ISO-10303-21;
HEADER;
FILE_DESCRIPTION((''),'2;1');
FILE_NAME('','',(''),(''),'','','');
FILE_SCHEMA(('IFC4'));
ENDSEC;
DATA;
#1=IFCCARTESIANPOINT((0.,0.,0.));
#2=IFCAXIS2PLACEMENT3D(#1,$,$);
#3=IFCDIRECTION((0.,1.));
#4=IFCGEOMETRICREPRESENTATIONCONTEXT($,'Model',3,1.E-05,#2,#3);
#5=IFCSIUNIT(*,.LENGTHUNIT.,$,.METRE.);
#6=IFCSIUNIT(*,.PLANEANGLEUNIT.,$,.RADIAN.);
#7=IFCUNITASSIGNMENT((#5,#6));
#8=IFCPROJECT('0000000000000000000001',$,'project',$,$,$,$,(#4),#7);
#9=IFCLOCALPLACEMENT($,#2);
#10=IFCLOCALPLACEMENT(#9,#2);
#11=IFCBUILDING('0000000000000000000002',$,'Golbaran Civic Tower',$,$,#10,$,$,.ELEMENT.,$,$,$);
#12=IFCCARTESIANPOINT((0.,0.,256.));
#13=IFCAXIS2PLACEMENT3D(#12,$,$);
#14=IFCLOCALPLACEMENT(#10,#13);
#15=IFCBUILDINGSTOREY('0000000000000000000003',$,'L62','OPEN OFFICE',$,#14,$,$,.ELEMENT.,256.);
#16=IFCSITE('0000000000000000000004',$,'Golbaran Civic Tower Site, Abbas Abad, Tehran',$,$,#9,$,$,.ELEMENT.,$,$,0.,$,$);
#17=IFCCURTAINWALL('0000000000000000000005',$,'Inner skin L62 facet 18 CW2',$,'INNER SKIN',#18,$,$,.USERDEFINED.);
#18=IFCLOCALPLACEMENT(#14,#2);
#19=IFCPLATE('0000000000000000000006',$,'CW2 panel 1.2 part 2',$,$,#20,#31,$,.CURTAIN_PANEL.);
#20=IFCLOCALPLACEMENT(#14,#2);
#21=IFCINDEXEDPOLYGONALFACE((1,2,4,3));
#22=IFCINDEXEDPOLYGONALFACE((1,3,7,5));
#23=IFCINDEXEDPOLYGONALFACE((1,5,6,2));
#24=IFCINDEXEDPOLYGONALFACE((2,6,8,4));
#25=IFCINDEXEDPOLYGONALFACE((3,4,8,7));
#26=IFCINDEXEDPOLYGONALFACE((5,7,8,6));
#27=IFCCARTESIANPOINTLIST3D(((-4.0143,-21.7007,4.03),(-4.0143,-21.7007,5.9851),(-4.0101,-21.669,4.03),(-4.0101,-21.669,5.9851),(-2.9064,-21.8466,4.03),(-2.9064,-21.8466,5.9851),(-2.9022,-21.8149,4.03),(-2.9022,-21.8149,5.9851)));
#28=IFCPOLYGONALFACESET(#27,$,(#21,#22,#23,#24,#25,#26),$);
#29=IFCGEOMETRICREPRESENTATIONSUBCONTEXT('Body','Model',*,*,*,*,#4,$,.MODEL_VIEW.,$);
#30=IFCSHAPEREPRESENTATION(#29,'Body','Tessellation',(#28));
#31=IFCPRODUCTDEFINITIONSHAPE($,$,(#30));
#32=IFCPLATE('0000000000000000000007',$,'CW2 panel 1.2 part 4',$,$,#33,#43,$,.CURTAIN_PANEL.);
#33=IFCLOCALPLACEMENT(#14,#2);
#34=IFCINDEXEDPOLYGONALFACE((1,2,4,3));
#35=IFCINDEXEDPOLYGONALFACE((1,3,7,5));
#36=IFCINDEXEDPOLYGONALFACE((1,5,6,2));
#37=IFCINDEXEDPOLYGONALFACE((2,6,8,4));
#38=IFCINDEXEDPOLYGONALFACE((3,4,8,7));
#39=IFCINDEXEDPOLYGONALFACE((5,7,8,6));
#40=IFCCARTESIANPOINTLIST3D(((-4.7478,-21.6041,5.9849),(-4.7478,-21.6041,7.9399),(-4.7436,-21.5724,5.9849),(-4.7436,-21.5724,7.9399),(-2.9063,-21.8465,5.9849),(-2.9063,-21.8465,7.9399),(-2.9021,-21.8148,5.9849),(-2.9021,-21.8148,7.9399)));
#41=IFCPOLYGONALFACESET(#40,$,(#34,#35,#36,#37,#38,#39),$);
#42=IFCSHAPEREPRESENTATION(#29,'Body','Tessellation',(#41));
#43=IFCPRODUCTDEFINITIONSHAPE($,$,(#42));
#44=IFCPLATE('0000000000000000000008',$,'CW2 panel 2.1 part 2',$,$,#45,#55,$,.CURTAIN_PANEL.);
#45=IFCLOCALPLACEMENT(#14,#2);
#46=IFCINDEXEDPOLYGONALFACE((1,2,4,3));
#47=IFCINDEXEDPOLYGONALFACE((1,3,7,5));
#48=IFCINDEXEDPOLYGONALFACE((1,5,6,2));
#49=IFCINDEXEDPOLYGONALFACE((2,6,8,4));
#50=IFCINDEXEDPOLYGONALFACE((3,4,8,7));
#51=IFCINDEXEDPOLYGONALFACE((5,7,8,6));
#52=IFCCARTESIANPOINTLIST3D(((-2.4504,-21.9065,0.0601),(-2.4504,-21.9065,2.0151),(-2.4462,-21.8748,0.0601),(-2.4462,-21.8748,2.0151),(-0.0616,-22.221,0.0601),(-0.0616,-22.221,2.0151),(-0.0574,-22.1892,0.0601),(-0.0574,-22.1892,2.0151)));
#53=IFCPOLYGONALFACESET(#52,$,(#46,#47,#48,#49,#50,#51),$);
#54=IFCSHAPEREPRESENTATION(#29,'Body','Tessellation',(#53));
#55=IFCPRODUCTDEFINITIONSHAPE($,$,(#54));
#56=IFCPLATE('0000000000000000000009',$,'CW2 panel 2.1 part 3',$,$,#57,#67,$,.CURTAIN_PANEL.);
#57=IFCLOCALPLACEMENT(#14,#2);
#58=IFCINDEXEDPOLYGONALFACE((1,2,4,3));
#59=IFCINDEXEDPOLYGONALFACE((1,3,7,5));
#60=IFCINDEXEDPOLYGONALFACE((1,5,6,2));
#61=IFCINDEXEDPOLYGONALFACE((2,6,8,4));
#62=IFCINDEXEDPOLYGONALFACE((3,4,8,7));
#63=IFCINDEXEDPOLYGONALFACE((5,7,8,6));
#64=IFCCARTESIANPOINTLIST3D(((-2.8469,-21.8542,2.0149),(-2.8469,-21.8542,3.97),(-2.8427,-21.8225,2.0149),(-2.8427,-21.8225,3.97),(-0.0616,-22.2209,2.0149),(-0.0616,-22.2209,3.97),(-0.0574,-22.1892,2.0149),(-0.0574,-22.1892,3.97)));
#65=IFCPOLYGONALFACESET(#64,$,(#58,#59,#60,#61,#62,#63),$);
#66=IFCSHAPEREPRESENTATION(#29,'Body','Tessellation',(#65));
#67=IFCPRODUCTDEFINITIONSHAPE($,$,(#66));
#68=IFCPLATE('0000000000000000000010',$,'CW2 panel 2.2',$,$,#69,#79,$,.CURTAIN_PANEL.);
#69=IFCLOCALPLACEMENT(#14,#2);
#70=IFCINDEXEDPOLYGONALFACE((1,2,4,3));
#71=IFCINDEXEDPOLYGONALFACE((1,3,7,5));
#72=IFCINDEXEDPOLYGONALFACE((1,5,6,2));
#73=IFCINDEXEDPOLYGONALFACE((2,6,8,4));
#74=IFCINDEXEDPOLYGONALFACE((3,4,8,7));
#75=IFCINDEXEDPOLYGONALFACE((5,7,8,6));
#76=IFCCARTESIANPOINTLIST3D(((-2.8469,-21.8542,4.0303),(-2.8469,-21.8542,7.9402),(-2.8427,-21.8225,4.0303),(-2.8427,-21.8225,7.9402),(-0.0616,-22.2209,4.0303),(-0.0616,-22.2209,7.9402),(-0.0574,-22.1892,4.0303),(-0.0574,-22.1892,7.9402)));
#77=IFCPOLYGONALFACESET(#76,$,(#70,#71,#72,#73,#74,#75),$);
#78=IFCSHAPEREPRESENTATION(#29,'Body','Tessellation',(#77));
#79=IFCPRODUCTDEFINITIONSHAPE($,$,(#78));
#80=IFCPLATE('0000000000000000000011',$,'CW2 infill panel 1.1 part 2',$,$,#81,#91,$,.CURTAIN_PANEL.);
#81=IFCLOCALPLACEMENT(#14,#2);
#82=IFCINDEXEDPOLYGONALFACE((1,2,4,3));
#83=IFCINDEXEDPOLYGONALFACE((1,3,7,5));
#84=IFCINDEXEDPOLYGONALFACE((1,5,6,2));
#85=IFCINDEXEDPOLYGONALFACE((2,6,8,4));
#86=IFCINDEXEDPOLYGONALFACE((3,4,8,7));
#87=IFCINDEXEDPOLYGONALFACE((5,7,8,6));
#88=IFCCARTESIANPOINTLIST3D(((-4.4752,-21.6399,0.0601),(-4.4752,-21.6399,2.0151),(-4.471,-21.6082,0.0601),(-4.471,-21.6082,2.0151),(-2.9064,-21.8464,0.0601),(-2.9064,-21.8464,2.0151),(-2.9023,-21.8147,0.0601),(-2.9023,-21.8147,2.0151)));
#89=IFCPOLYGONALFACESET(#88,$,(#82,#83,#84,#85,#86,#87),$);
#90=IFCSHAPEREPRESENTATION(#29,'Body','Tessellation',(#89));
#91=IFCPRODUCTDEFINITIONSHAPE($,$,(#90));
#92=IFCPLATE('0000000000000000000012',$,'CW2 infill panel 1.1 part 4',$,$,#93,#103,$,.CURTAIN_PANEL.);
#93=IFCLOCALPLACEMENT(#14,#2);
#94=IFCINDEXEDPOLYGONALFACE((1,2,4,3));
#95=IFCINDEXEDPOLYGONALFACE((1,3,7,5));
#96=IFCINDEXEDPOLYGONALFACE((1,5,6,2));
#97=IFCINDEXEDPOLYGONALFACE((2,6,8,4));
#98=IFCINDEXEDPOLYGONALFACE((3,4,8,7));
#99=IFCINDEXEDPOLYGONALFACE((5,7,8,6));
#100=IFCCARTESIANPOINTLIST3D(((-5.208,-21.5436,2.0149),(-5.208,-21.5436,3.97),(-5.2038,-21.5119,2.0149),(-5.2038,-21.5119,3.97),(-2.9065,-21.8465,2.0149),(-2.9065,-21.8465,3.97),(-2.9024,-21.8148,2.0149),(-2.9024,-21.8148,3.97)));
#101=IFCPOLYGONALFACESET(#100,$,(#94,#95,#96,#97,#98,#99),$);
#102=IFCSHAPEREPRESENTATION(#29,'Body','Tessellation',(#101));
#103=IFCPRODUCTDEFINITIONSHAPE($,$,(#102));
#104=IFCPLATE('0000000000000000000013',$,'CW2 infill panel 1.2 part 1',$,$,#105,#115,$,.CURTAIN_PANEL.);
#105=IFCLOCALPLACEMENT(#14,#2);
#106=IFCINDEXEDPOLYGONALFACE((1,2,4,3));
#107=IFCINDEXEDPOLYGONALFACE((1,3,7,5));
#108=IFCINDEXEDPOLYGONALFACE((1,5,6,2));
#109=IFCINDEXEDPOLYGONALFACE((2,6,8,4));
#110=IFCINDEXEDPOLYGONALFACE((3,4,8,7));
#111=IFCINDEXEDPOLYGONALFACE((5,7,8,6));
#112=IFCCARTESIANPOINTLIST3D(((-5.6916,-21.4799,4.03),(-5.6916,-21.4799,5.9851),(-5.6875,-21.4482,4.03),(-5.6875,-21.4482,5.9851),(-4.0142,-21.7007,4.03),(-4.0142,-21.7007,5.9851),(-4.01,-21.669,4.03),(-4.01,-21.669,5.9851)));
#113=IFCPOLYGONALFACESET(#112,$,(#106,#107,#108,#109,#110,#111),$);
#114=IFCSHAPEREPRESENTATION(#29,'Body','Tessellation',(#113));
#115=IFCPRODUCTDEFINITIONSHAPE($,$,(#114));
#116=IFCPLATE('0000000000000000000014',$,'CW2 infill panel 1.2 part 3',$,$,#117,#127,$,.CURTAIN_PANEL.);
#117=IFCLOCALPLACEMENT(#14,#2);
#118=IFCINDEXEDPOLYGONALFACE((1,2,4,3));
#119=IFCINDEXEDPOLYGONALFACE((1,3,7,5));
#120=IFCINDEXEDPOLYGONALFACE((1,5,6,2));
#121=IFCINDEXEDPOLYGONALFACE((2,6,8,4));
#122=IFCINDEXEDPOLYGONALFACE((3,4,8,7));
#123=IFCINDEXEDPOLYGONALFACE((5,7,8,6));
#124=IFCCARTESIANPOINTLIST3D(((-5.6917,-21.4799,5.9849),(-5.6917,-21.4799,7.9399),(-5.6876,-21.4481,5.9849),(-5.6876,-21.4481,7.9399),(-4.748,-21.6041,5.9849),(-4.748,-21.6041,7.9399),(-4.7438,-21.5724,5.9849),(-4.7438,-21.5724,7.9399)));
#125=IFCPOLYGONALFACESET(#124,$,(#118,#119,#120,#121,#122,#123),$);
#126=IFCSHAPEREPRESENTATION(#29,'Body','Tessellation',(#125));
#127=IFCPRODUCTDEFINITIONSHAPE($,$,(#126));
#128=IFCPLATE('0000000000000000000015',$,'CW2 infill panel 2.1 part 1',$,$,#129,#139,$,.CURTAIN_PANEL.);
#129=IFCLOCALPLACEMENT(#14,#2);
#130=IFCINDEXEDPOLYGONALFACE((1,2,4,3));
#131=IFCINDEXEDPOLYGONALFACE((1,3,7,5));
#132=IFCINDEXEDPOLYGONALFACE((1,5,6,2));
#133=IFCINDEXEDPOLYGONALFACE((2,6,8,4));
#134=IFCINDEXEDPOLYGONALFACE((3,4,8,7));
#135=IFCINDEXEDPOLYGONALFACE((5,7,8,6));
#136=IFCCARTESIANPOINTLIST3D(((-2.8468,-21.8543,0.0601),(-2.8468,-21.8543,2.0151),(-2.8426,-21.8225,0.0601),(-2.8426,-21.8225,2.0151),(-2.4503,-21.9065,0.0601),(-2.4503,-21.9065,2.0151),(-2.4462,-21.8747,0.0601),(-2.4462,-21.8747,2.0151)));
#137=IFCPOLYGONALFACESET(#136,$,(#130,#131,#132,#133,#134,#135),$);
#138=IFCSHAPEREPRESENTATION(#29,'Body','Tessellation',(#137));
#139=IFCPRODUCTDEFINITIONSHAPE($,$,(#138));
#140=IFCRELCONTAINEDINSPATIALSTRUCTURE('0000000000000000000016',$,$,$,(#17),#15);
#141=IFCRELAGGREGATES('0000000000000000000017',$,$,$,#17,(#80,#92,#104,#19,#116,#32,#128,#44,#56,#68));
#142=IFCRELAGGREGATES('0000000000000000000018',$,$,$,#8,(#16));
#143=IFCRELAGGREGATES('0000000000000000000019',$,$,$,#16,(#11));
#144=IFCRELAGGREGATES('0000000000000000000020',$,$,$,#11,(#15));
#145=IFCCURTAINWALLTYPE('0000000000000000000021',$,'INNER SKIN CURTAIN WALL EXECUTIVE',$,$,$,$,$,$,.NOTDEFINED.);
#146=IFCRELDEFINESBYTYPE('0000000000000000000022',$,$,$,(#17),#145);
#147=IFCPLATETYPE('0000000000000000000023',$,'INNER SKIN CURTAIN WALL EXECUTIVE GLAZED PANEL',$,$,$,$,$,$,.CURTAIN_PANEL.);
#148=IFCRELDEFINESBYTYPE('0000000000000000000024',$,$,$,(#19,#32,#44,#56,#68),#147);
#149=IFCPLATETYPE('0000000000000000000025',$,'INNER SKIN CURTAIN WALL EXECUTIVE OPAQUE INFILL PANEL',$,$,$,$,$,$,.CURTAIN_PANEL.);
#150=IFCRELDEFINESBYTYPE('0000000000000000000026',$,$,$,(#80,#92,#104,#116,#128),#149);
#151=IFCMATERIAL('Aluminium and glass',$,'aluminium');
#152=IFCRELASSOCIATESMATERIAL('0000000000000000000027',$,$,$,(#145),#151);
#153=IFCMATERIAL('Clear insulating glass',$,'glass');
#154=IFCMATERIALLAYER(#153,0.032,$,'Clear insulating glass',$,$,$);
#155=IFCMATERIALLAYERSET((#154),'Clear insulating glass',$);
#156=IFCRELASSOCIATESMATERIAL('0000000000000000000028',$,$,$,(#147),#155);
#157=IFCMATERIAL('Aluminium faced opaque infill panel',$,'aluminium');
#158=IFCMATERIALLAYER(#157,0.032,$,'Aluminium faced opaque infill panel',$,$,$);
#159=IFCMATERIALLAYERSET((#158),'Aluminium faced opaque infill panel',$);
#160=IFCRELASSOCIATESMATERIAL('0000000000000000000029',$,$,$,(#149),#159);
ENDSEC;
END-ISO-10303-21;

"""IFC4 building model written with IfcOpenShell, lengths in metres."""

from ifc_helpers import new_model, si_unit, direction, frame, origin, origin_2d, place, context, subcontext, project, spatial, rectangle, extrude, material, layer, layer_set, type_object, element, aggregate, save


model = new_model("IFC4")

# Units and contexts
model_context = context("Model", 3, precision=1e-05, world=origin(), true_north=direction((0.0, 1.0)))
body_context = subcontext(model_context, "Body", "Model", "MODEL_VIEW")
ifc_project = project(units=[si_unit("LENGTHUNIT", "METRE"), si_unit("PLANEANGLEUNIT", "RADIAN")], contexts=[model_context])

# Site, building, storey
site_placement = place(None, origin())
site = spatial("IfcSite", under=ifc_project, at=site_placement, Name="Golbaran Civic Tower Site, Abbas Abad, Tehran", CompositionType="ELEMENT", RefElevation=0.0)
building_placement = place(site_placement, origin())
building = spatial("IfcBuilding", under=site, at=building_placement, Name="Golbaran Civic Tower", CompositionType="ELEMENT")
storey_placement = place(building_placement, frame((0.0, 0.0, 256.0)))
storey = spatial("IfcBuildingStorey", under=building, at=storey_placement, Name="L62", Description="OPEN OFFICE", CompositionType="ELEMENT", Elevation=256.0)

# Curtain wall, plates
ifc_material_1 = material(Name="Aluminium and glass", Category="aluminium")
curtain_wall_type = type_object("IfcCurtainWallType", Name="INNER SKIN CURTAIN WALL EXECUTIVE", PredefinedType="NOTDEFINED", material=ifc_material_1)
curtain_wall_placement = place(storey_placement, origin())
curtain_wall = element("IfcCurtainWall", 1, at=curtain_wall_placement, inside=storey, type_object=curtain_wall_type, Name="Inner skin L62 facet 18 CW2", ObjectType="INNER SKIN", PredefinedType="USERDEFINED")
ifc_material_2 = material(Name="Clear insulating glass", Category="glass")
ifc_layer_1 = layer(ifc_material_2, 0.032, Name="Clear insulating glass")
ifc_layer_set_1 = layer_set([ifc_layer_1], Name="Clear insulating glass")
plate_type_1 = type_object("IfcPlateType", Name="INNER SKIN CURTAIN WALL EXECUTIVE GLAZED PANEL", PredefinedType="CURTAIN_PANEL", material=ifc_layer_set_1)
plate_1_placement = place(storey_placement, frame((-3.4583, -21.7578, 4.03), z_axis=(0.0, 0.0, 1.0), x_axis=(0.991445, -0.130526, 0.0)))
plate_1 = element("IfcPlate", 2, at=plate_1_placement, type_object=plate_type_1, Name="CW2 panel 1.2 part 2", PredefinedType="CURTAIN_PANEL", context=body_context, shape_type="SweptSolid", body=[
    extrude(rectangle(XDim=1.1174, YDim=0.032, at=origin_2d()), origin(), (0.0, 0.0, 1.0), 1.9551),
])
plate_2_placement = place(storey_placement, frame((-3.825, -21.7095, 5.9849), z_axis=(0.0, 0.0, 1.0), x_axis=(0.991445, -0.130526, 0.0)))
plate_2 = element("IfcPlate", 3, at=plate_2_placement, type_object=plate_type_1, Name="CW2 panel 1.2 part 4", PredefinedType="CURTAIN_PANEL", context=body_context, shape_type="SweptSolid", body=[
    extrude(rectangle(XDim=1.8574, YDim=0.032, at=origin_2d()), origin(), (0.0, 0.0, 1.0), 1.9551),
])
plate_3_placement = place(storey_placement, frame((-1.2539, -22.0479, 0.0601), z_axis=(0.0, 0.0, 1.0), x_axis=(0.991445, -0.130526, 0.0)))
plate_3 = element("IfcPlate", 4, at=plate_3_placement, type_object=plate_type_1, Name="CW2 panel 2.1 part 2", PredefinedType="CURTAIN_PANEL", context=body_context, shape_type="SweptSolid", body=[
    extrude(rectangle(XDim=2.4094, YDim=0.032, at=origin_2d()), origin(), (0.0, 0.0, 1.0), 1.9551),
])
plate_4_placement = place(storey_placement, frame((-1.4521, -22.0217, 2.0149), z_axis=(0.0, 0.0, 1.0), x_axis=(0.991445, -0.130526, 0.0)))
plate_4 = element("IfcPlate", 5, at=plate_4_placement, type_object=plate_type_1, Name="CW2 panel 2.1 part 3", PredefinedType="CURTAIN_PANEL", context=body_context, shape_type="SweptSolid", body=[
    extrude(rectangle(XDim=2.8093, YDim=0.032, at=origin_2d()), origin(), (0.0, 0.0, 1.0), 1.9551),
])
plate_5_placement = place(storey_placement, frame((-1.4521, -22.0217, 4.0303), z_axis=(0.0, 0.0, 1.0), x_axis=(0.991445, -0.130526, 0.0)))
plate_5 = element("IfcPlate", 6, at=plate_5_placement, type_object=plate_type_1, Name="CW2 panel 2.2", PredefinedType="CURTAIN_PANEL", context=body_context, shape_type="SweptSolid", body=[
    extrude(rectangle(XDim=2.8093, YDim=0.032, at=origin_2d()), origin(), (0.0, 0.0, 1.0), 3.9099),
])
ifc_material_3 = material(Name="Aluminium faced opaque infill panel", Category="aluminium")
ifc_layer_2 = layer(ifc_material_3, 0.032, Name="Aluminium faced opaque infill panel")
ifc_layer_set_2 = layer_set([ifc_layer_2], Name="Aluminium faced opaque infill panel")
plate_type_2 = type_object("IfcPlateType", Name="INNER SKIN CURTAIN WALL EXECUTIVE OPAQUE INFILL PANEL", PredefinedType="CURTAIN_PANEL", material=ifc_layer_set_2)
plate_6_placement = place(storey_placement, frame((-3.6887, -21.7273, 0.0601), z_axis=(0.0, 0.0, 1.0), x_axis=(0.991445, -0.130526, 0.0)))
plate_6 = element("IfcPlate", 7, at=plate_6_placement, type_object=plate_type_2, Name="CW2 infill panel 1.1 part 2", PredefinedType="CURTAIN_PANEL", context=body_context, shape_type="SweptSolid", body=[
    extrude(rectangle(XDim=1.5823, YDim=0.032, at=origin_2d()), origin(), (0.0, 0.0, 1.0), 1.9551),
])
plate_7_placement = place(storey_placement, frame((-4.0552, -21.6792, 2.0149), z_axis=(0.0, 0.0, 1.0), x_axis=(0.991445, -0.130526, 0.0)))
plate_7 = element("IfcPlate", 8, at=plate_7_placement, type_object=plate_type_2, Name="CW2 infill panel 1.1 part 4", PredefinedType="CURTAIN_PANEL", context=body_context, shape_type="SweptSolid", body=[
    extrude(rectangle(XDim=2.3213, YDim=0.032, at=origin_2d()), origin(), (0.0, 0.0, 1.0), 1.9551),
])
plate_8_placement = place(storey_placement, frame((-4.8508, -21.5745, 4.03), z_axis=(0.0, 0.0, 1.0), x_axis=(0.991445, -0.130526, 0.0)))
plate_8 = element("IfcPlate", 9, at=plate_8_placement, type_object=plate_type_2, Name="CW2 infill panel 1.2 part 1", PredefinedType="CURTAIN_PANEL", context=body_context, shape_type="SweptSolid", body=[
    extrude(rectangle(XDim=1.6919, YDim=0.032, at=origin_2d()), origin(), (0.0, 0.0, 1.0), 1.9551),
])
plate_9_placement = place(storey_placement, frame((-5.2178, -21.5261, 5.9849), z_axis=(0.0, 0.0, 1.0), x_axis=(0.991445, -0.130526, 0.0)))
plate_9 = element("IfcPlate", 10, at=plate_9_placement, type_object=plate_type_2, Name="CW2 infill panel 1.2 part 3", PredefinedType="CURTAIN_PANEL", context=body_context, shape_type="SweptSolid", body=[
    extrude(rectangle(XDim=0.9519, YDim=0.032, at=origin_2d()), origin(), (0.0, 0.0, 1.0), 1.9551),
])
plate_10_placement = place(storey_placement, frame((-2.6465, -21.8645, 0.0601), z_axis=(0.0, 0.0, 1.0), x_axis=(0.991445, -0.130526, 0.0)))
plate_10 = element("IfcPlate", 11, at=plate_10_placement, type_object=plate_type_2, Name="CW2 infill panel 2.1 part 1", PredefinedType="CURTAIN_PANEL", context=body_context, shape_type="SweptSolid", body=[
    extrude(rectangle(XDim=0.3999, YDim=0.032, at=origin_2d()), origin(), (0.0, 0.0, 1.0), 1.9551),
])
aggregate(curtain_wall, [plate_6, plate_7, plate_8, plate_1, plate_9, plate_2, plate_10, plate_3, plate_4, plate_5])

save(model, "model.ifc")
